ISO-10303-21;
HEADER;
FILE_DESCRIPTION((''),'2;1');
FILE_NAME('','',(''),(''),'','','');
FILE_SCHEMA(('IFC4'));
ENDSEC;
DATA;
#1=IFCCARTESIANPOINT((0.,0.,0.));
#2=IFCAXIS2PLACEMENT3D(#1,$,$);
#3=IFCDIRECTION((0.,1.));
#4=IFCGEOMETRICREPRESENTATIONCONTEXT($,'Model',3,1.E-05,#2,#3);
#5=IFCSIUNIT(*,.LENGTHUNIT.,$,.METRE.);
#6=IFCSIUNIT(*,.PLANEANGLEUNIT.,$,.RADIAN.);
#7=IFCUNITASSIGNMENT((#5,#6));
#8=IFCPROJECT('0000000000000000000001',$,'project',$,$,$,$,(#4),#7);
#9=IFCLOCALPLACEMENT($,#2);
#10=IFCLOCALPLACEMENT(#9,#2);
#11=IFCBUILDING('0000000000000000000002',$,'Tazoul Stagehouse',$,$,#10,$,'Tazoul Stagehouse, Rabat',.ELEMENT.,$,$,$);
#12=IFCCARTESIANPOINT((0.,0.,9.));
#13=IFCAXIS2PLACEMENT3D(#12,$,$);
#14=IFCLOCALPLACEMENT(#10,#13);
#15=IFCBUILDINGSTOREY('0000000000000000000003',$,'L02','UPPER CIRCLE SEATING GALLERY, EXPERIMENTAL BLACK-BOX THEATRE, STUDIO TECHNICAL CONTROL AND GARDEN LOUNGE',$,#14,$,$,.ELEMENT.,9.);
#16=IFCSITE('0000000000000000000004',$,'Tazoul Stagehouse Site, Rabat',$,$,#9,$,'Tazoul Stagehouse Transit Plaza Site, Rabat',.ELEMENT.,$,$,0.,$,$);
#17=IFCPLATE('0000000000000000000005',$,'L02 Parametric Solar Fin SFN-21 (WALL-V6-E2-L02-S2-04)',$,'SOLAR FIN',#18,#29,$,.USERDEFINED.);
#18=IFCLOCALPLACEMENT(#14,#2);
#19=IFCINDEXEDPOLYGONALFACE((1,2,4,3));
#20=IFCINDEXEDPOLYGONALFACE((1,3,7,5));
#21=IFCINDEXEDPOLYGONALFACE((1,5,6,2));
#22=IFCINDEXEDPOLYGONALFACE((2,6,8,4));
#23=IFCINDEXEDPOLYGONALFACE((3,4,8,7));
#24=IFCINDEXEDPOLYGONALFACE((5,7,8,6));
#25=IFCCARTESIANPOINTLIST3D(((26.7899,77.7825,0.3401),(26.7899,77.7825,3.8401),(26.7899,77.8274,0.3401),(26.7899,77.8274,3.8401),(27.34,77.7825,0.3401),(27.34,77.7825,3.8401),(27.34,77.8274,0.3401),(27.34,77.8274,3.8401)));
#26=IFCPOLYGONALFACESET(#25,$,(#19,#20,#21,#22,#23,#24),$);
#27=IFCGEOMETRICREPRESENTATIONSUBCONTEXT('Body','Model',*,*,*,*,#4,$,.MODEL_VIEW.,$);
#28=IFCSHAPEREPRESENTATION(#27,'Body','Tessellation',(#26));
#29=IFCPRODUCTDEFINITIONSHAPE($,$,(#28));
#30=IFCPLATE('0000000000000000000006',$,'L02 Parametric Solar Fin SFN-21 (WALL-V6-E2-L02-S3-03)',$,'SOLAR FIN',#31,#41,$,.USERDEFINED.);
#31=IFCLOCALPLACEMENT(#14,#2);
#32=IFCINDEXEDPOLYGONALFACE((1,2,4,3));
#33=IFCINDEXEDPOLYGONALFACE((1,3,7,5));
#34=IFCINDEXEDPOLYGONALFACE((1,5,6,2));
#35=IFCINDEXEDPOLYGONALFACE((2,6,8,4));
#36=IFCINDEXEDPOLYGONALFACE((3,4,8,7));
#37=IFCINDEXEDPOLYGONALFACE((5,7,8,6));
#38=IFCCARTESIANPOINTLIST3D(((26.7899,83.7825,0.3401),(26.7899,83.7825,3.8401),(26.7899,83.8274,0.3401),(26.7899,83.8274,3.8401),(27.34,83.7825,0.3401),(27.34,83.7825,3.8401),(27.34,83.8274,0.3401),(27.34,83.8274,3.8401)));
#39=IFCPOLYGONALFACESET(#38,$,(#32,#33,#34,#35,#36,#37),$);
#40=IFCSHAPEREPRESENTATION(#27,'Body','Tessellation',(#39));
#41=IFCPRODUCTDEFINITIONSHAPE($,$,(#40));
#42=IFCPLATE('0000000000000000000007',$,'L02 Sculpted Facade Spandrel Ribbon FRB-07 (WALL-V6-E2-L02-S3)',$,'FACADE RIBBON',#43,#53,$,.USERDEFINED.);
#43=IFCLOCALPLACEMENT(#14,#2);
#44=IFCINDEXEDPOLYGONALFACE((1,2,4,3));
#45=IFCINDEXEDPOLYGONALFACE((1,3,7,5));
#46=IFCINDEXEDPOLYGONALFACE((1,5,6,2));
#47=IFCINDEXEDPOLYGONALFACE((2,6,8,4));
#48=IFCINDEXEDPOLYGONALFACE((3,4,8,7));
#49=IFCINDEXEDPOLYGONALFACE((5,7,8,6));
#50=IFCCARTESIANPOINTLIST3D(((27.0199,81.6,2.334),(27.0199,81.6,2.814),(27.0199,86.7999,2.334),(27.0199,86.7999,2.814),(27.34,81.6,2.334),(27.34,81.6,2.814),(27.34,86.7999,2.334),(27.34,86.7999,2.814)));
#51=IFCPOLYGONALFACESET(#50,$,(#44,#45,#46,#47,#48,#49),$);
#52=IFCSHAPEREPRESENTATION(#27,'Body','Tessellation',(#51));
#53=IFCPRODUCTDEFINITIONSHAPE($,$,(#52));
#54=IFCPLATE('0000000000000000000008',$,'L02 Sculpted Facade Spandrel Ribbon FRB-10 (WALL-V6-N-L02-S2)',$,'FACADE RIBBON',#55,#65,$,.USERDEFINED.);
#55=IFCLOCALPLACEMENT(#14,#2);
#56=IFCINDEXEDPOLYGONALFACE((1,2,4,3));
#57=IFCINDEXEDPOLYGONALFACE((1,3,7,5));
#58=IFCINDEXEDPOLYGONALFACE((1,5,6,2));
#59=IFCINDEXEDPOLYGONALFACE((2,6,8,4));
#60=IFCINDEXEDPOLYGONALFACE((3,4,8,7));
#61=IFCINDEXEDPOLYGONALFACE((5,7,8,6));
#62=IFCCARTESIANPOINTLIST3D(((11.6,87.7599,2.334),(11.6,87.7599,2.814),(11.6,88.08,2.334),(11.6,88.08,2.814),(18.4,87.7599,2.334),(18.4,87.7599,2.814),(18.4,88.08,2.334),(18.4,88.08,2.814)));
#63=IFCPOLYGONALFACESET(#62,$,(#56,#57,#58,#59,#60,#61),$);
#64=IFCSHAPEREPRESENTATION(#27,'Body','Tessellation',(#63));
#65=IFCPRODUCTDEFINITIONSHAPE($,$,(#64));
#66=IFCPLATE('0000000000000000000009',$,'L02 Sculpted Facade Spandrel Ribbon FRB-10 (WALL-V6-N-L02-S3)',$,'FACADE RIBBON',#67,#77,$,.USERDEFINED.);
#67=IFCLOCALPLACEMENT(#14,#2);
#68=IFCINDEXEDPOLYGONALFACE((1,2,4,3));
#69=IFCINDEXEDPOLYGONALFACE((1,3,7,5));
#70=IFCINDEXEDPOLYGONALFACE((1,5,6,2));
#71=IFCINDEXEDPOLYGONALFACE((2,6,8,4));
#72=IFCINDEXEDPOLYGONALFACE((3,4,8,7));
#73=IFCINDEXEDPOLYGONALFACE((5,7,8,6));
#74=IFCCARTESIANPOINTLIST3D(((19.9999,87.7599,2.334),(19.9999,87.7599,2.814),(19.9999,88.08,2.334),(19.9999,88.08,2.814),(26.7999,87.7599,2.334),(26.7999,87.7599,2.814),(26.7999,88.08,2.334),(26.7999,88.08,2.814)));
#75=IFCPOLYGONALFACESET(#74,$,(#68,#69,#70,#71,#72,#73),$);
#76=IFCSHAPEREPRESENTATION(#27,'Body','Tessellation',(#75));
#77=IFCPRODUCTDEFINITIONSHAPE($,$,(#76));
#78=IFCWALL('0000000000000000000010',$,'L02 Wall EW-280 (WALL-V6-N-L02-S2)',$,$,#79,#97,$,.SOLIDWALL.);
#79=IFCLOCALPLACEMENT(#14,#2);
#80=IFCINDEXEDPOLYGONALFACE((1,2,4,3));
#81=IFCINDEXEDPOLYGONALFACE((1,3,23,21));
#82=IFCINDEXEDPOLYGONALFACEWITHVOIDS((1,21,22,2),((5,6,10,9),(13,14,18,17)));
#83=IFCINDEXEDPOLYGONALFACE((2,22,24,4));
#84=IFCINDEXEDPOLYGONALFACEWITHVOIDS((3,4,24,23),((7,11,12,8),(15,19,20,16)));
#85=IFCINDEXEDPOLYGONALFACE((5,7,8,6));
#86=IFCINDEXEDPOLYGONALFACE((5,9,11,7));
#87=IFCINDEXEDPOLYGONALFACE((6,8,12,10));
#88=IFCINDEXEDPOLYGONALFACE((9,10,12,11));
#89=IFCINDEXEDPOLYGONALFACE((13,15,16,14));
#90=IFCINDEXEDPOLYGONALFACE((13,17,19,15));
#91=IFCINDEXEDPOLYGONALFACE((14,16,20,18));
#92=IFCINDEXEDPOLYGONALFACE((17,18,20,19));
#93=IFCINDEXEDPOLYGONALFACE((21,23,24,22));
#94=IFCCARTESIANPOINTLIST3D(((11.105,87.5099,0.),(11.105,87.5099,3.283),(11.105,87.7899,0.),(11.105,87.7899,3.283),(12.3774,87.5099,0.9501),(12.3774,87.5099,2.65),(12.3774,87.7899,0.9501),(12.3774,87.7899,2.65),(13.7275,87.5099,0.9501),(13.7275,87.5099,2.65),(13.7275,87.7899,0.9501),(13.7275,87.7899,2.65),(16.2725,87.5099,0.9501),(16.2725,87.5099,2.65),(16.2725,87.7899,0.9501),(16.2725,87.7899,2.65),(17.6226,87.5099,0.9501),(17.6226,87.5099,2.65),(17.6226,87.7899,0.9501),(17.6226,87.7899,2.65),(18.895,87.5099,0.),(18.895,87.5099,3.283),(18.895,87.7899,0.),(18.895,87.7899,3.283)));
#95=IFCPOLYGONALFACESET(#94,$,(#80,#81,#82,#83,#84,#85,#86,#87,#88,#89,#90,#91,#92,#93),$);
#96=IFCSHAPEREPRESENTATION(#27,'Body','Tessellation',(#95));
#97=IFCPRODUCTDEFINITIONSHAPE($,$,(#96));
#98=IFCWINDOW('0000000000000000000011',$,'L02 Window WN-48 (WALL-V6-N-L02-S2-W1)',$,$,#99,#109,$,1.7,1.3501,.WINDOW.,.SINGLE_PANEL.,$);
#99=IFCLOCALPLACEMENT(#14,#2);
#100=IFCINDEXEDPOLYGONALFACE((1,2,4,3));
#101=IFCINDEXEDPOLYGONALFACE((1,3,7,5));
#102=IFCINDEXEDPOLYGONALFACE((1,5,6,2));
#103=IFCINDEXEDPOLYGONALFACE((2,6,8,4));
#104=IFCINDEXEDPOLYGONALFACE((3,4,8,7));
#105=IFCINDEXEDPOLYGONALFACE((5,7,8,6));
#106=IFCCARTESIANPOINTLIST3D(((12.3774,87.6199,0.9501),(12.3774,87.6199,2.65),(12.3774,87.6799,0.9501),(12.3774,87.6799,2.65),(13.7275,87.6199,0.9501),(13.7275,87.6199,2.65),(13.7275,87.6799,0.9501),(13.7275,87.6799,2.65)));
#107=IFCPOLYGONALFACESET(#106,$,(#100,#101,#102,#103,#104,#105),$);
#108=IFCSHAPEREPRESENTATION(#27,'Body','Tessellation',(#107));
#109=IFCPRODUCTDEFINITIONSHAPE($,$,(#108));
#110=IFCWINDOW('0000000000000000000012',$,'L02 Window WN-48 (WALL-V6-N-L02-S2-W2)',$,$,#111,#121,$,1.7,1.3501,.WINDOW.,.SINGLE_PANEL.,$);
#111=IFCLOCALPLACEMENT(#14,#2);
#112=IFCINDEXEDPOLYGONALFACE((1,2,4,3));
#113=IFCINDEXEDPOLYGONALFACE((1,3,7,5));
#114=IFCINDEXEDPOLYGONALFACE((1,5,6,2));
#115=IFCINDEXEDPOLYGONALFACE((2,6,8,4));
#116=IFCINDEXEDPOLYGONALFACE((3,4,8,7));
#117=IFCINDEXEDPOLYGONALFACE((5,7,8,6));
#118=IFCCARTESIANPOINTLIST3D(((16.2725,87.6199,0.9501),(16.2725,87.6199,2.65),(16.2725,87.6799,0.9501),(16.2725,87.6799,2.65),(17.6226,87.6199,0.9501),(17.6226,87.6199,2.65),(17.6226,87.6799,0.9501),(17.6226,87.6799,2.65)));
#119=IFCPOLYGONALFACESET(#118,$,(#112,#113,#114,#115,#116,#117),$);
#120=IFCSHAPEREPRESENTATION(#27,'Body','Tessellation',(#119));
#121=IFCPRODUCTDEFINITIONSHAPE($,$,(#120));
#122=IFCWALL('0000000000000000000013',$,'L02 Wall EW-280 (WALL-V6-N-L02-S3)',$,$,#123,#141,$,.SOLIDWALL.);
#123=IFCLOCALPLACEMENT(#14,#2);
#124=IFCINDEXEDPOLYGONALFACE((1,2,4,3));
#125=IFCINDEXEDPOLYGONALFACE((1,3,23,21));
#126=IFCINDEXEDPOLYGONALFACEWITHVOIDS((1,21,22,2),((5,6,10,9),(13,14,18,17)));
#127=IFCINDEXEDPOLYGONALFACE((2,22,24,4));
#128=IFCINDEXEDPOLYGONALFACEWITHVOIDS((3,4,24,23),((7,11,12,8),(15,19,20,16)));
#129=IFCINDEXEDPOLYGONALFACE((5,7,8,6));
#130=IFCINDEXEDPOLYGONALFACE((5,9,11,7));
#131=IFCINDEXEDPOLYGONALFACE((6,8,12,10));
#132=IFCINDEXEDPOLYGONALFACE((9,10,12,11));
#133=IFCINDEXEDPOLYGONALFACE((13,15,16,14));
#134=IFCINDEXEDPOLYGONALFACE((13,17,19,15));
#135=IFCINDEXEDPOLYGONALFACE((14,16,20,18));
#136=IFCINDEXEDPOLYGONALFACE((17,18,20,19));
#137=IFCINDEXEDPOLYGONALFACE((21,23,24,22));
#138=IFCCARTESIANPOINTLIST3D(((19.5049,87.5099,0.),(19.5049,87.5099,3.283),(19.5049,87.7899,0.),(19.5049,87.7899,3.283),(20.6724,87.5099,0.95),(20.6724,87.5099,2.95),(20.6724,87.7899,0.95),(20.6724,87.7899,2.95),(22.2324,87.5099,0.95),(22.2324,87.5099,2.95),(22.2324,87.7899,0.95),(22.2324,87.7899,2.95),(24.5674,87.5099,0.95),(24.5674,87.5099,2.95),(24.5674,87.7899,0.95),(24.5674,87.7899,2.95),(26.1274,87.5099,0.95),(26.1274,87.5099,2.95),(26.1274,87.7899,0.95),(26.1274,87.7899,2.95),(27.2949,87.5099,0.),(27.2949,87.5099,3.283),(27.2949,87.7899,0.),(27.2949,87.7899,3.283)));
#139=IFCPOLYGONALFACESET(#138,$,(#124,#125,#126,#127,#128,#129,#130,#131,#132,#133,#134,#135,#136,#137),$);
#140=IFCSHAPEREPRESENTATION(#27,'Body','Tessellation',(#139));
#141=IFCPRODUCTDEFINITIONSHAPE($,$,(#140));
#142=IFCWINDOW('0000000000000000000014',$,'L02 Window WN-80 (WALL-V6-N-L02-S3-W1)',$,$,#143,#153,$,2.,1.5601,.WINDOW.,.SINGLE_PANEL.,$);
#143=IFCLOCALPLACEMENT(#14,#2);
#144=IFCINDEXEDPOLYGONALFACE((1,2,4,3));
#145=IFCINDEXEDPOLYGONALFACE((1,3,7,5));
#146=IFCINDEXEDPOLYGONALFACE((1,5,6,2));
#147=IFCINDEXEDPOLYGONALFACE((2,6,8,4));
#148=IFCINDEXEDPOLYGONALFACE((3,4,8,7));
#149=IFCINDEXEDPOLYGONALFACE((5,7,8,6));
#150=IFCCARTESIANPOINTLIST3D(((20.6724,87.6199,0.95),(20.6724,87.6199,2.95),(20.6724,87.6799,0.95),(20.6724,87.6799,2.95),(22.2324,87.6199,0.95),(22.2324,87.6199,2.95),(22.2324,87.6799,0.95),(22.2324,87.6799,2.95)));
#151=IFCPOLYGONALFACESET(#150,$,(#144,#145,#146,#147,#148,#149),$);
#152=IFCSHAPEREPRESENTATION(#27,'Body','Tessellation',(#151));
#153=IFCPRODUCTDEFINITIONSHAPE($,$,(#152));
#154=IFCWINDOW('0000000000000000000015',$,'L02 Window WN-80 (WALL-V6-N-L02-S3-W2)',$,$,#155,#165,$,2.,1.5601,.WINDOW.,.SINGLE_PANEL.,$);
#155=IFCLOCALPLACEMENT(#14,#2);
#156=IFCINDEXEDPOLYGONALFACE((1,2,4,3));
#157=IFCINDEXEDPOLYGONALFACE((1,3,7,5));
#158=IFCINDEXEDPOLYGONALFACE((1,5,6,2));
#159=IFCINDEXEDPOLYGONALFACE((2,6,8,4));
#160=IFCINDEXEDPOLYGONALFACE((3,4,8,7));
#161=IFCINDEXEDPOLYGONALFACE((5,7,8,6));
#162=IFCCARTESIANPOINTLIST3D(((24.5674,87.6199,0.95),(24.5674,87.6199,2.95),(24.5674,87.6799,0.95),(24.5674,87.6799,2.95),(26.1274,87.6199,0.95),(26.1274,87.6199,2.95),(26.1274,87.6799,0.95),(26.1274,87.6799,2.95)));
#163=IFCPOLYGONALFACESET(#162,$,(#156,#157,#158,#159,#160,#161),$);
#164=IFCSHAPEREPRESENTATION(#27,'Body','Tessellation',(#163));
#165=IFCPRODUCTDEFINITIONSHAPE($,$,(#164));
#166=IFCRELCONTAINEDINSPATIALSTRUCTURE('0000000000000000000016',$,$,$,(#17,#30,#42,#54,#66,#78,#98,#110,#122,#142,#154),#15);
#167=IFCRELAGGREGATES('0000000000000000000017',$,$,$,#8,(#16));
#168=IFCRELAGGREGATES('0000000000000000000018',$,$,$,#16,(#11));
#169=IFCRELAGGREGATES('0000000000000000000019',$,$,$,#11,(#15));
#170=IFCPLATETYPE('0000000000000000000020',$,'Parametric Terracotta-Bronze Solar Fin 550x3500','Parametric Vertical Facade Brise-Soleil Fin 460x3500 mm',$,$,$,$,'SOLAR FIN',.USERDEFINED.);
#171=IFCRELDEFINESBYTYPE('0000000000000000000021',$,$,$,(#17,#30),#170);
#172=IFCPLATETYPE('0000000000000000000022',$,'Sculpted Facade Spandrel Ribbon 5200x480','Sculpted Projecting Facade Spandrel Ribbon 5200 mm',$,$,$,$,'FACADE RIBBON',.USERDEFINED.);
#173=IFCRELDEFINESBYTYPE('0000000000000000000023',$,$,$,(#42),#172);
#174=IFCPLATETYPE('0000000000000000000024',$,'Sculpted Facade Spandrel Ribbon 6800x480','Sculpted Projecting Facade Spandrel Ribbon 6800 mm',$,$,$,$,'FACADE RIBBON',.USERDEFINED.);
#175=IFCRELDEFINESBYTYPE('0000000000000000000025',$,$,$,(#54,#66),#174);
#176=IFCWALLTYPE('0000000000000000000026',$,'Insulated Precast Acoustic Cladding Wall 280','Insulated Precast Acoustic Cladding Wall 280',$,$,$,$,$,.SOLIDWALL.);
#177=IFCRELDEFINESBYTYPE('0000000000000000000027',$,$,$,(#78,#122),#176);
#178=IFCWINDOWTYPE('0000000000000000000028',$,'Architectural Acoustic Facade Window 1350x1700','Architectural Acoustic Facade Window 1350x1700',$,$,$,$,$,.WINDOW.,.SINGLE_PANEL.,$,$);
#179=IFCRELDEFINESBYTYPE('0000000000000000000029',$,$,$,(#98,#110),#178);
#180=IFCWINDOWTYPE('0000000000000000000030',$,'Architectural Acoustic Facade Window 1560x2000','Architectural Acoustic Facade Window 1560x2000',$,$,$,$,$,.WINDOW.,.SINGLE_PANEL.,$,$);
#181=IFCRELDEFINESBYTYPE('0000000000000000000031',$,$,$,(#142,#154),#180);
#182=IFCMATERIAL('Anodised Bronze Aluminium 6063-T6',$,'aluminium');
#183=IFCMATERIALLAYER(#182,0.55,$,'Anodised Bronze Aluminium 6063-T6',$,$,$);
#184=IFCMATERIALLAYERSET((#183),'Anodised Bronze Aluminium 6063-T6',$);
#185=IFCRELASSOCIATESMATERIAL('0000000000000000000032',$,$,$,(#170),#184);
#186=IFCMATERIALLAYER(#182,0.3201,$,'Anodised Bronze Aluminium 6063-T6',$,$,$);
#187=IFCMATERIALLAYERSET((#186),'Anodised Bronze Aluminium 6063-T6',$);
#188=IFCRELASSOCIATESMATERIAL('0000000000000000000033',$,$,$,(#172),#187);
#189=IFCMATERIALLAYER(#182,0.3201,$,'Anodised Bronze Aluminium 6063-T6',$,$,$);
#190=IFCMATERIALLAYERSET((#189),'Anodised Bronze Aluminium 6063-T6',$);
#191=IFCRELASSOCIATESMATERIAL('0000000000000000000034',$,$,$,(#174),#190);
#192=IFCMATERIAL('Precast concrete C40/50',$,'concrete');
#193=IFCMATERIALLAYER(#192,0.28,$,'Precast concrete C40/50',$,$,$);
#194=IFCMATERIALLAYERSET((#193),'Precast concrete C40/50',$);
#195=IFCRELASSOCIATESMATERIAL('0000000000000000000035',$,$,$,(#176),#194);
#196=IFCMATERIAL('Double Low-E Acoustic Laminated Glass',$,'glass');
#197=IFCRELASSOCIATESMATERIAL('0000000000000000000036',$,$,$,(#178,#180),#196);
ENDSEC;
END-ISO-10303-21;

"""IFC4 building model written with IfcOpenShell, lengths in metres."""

from ifc_helpers import new_model, si_unit, direction, frame, frame_2d, origin, origin_2d, place, context, subcontext, project, spatial, rectangle, extrude, material, layer, layer_set, type_object, element, fill, save


model = new_model("IFC4")

# Units and contexts
model_context = context("Model", 3, precision=1e-05, world=origin(), true_north=direction((0.0, 1.0)))
body_context = subcontext(model_context, "Body", "Model", "MODEL_VIEW")
ifc_project = project(units=[si_unit("LENGTHUNIT", "METRE"), si_unit("PLANEANGLEUNIT", "RADIAN")], contexts=[model_context])

# Site, building, storey
site_placement = place(None, origin())
site = spatial("IfcSite", under=ifc_project, at=site_placement, Name="Tazoul Stagehouse Site, Rabat", LongName="Tazoul Stagehouse Transit Plaza Site, Rabat", CompositionType="ELEMENT", RefElevation=0.0)
building_placement = place(site_placement, origin())
building = spatial("IfcBuilding", under=site, at=building_placement, Name="Tazoul Stagehouse", LongName="Tazoul Stagehouse, Rabat", CompositionType="ELEMENT")
storey_placement = place(building_placement, frame((0.0, 0.0, 9.0)))
storey = spatial("IfcBuildingStorey", under=building, at=storey_placement, Name="L02", Description="UPPER CIRCLE SEATING GALLERY, EXPERIMENTAL BLACK-BOX THEATRE, STUDIO TECHNICAL CONTROL AND GARDEN LOUNGE", CompositionType="ELEMENT", Elevation=9.0)

# Plates
ifc_material_1 = material(Name="Anodised Bronze Aluminium 6063-T6", Category="aluminium")
ifc_layer_1 = layer(ifc_material_1, 0.55, Name="Anodised Bronze Aluminium 6063-T6")
ifc_layer_set_1 = layer_set([ifc_layer_1], Name="Anodised Bronze Aluminium 6063-T6")
plate_type_1 = type_object("IfcPlateType", Name="Parametric Terracotta-Bronze Solar Fin 550x3500", Description="Parametric Vertical Facade Brise-Soleil Fin 460x3500 mm", ElementType="SOLAR FIN", PredefinedType="USERDEFINED", material=ifc_layer_set_1)
for number, where, z_axis, x_axis, name in (
    (1, (27.0649, 77.8049, 0.3401), (0.0, 0.0, 1.0), (0.0, 1.0, 0.0), "L02 Parametric Solar Fin SFN-21 (WALL-V6-E2-L02-S2-04)"),
    (2, (27.0649, 83.8049, 0.3401), (0.0, 0.0, 1.0), (0.0, 1.0, 0.0), "L02 Parametric Solar Fin SFN-21 (WALL-V6-E2-L02-S3-03)"),
):
    element("IfcPlate", number, at=place(storey_placement, frame(where, z_axis=z_axis, x_axis=x_axis)), inside=storey, type_object=plate_type_1, Name=name, ObjectType="SOLAR FIN", PredefinedType="USERDEFINED", context=body_context, shape_type="SweptSolid", body=[
        extrude(rectangle(XDim=0.0449, YDim=0.55, at=origin_2d()), origin(), (0.0, 0.0, 1.0), 3.5),
    ])
ifc_layer_2 = layer(ifc_material_1, 0.3201, Name="Anodised Bronze Aluminium 6063-T6")
ifc_layer_set_2 = layer_set([ifc_layer_2], Name="Anodised Bronze Aluminium 6063-T6")
plate_type_2 = type_object("IfcPlateType", Name="Sculpted Facade Spandrel Ribbon 5200x480", Description="Sculpted Projecting Facade Spandrel Ribbon 5200 mm", ElementType="FACADE RIBBON", PredefinedType="USERDEFINED", material=ifc_layer_set_2)
plate_placement = place(storey_placement, frame((27.1799, 84.2, 2.334), z_axis=(0.0, 0.0, 1.0), x_axis=(0.0, 1.0, 0.0)))
element("IfcPlate", 3, at=plate_placement, inside=storey, type_object=plate_type_2, Name="L02 Sculpted Facade Spandrel Ribbon FRB-07 (WALL-V6-E2-L02-S3)", ObjectType="FACADE RIBBON", PredefinedType="USERDEFINED", context=body_context, shape_type="SweptSolid", body=[
    extrude(rectangle(XDim=5.2, YDim=0.3201, at=origin_2d()), origin(), (0.0, 0.0, 1.0), 0.48),
])
ifc_layer_3 = layer(ifc_material_1, 0.3201, Name="Anodised Bronze Aluminium 6063-T6")
ifc_layer_set_3 = layer_set([ifc_layer_3], Name="Anodised Bronze Aluminium 6063-T6")
plate_type_3 = type_object("IfcPlateType", Name="Sculpted Facade Spandrel Ribbon 6800x480", Description="Sculpted Projecting Facade Spandrel Ribbon 6800 mm", ElementType="FACADE RIBBON", PredefinedType="USERDEFINED", material=ifc_layer_set_3)
for number, where, z_axis, x_axis, name in (
    (4, (15.0, 87.9199, 2.334), (0.0, 0.0, 1.0), (1.0, 0.0, 0.0), "L02 Sculpted Facade Spandrel Ribbon FRB-10 (WALL-V6-N-L02-S2)"),
    (5, (23.3999, 87.9199, 2.334), (0.0, 0.0, 1.0), (1.0, 0.0, 0.0), "L02 Sculpted Facade Spandrel Ribbon FRB-10 (WALL-V6-N-L02-S3)"),
):
    element("IfcPlate", number, at=place(storey_placement, frame(where, z_axis=z_axis, x_axis=x_axis)), inside=storey, type_object=plate_type_3, Name=name, ObjectType="FACADE RIBBON", PredefinedType="USERDEFINED", context=body_context, shape_type="SweptSolid", body=[
        extrude(rectangle(XDim=6.8, YDim=0.3201, at=origin_2d()), origin(), (0.0, 0.0, 1.0), 0.48),
    ])

# Walls, openings, windows
ifc_material_2 = material(Name="Precast concrete C40/50", Category="concrete")
ifc_layer_4 = layer(ifc_material_2, 0.28, Name="Precast concrete C40/50")
ifc_layer_set_4 = layer_set([ifc_layer_4], Name="Precast concrete C40/50")
wall_type_1 = type_object("IfcWallType", Name="Insulated Precast Acoustic Cladding Wall 280", Description="Insulated Precast Acoustic Cladding Wall 280", PredefinedType="SOLIDWALL", material=ifc_layer_set_4)
wall_1_placement = place(storey_placement, frame((11.105, 87.6499, 0.0), z_axis=(0.0, 0.0, 1.0), x_axis=(1.0, 0.0, 0.0)))
wall_1 = element("IfcWall", 6, at=wall_1_placement, inside=storey, type_object=wall_type_1, Name="L02 Wall EW-280 (WALL-V6-N-L02-S2)", PredefinedType="SOLIDWALL", context=body_context, shape_type="SweptSolid", body=[
    extrude(rectangle(XDim=7.79, YDim=0.28, at=frame_2d((3.895, 0.0))), origin(), (0.0, 0.0, 1.0), 3.283),
])
opening_1_placement = place(wall_1_placement, frame((1.2725, 0.0, 0.95)))
opening_1 = element("IfcOpeningElement", 7, at=opening_1_placement, cuts=wall_1, PredefinedType="OPENING", context=body_context, shape_type="SweptSolid", body=[
    extrude(rectangle(XDim=1.3501, YDim=1.7, at=frame_2d((0.675, 0.8501))), frame((0.0, 0.1599, 0.0), z_axis=(0.0, -1.0, 0.0), x_axis=(1.0, 0.0, 0.0)), (0.0, 0.0, 1.0), 0.3201),
])
opening_2_placement = place(wall_1_placement, frame((5.1675, 0.0, 0.95)))
opening_2 = element("IfcOpeningElement", 8, at=opening_2_placement, cuts=wall_1, PredefinedType="OPENING", context=body_context, shape_type="SweptSolid", body=[
    extrude(rectangle(XDim=1.3501, YDim=1.7, at=frame_2d((0.675, 0.8501))), frame((0.0, 0.1599, 0.0), z_axis=(0.0, -1.0, 0.0), x_axis=(1.0, 0.0, 0.0)), (0.0, 0.0, 1.0), 0.3201),
])
ifc_material_3 = material(Name="Double Low-E Acoustic Laminated Glass", Category="glass")
window_type_1 = type_object("IfcWindowType", Name="Architectural Acoustic Facade Window 1350x1700", Description="Architectural Acoustic Facade Window 1350x1700", PartitioningType="SINGLE_PANEL", PredefinedType="WINDOW", material=ifc_material_3)
window_1_placement = place(opening_1_placement, origin())
window_1 = element("IfcWindow", 9, at=window_1_placement, inside=storey, type_object=window_type_1, Name="L02 Window WN-48 (WALL-V6-N-L02-S2-W1)", OverallHeight=1.7, OverallWidth=1.3501, PartitioningType="SINGLE_PANEL", PredefinedType="WINDOW", context=body_context, shape_type="SweptSolid", body=[
    extrude(rectangle(XDim=1.3501, YDim=1.7, at=frame_2d((0.675, 0.8501))), frame((0.0, 0.03, 0.0), z_axis=(0.0, -1.0, 0.0), x_axis=(1.0, 0.0, 0.0)), (0.0, 0.0, 1.0), 0.0601),
])
fill(opening_1, window_1)
window_2_placement = place(opening_2_placement, origin())
window_2 = element("IfcWindow", 10, at=window_2_placement, inside=storey, type_object=window_type_1, Name="L02 Window WN-48 (WALL-V6-N-L02-S2-W2)", OverallHeight=1.7, OverallWidth=1.3501, PartitioningType="SINGLE_PANEL", PredefinedType="WINDOW", context=body_context, shape_type="SweptSolid", body=[
    extrude(rectangle(XDim=1.3501, YDim=1.7, at=frame_2d((0.675, 0.8501))), frame((0.0, 0.03, 0.0), z_axis=(0.0, -1.0, 0.0), x_axis=(1.0, 0.0, 0.0)), (0.0, 0.0, 1.0), 0.0601),
])
fill(opening_2, window_2)
wall_2_placement = place(storey_placement, frame((19.5049, 87.6499, 0.0), z_axis=(0.0, 0.0, 1.0), x_axis=(1.0, 0.0, 0.0)))
wall_2 = element("IfcWall", 11, at=wall_2_placement, inside=storey, type_object=wall_type_1, Name="L02 Wall EW-280 (WALL-V6-N-L02-S3)", PredefinedType="SOLIDWALL", context=body_context, shape_type="SweptSolid", body=[
    extrude(rectangle(XDim=7.79, YDim=0.28, at=frame_2d((3.895, 0.0))), origin(), (0.0, 0.0, 1.0), 3.283),
])
opening_3_placement = place(wall_2_placement, frame((1.1675, 0.0, 0.95)))
opening_3 = element("IfcOpeningElement", 12, at=opening_3_placement, cuts=wall_2, PredefinedType="OPENING", context=body_context, shape_type="SweptSolid", body=[
    extrude(rectangle(XDim=1.5601, YDim=2.0, at=frame_2d((0.78, 1.0))), frame((0.0, 0.1599, 0.0), z_axis=(0.0, -1.0, 0.0), x_axis=(1.0, 0.0, 0.0)), (0.0, 0.0, 1.0), 0.3201),
])
opening_4_placement = place(wall_2_placement, frame((5.0625, 0.0, 0.95)))
opening_4 = element("IfcOpeningElement", 13, at=opening_4_placement, cuts=wall_2, PredefinedType="OPENING", context=body_context, shape_type="SweptSolid", body=[
    extrude(rectangle(XDim=1.5601, YDim=2.0, at=frame_2d((0.78, 1.0))), frame((0.0, 0.1599, 0.0), z_axis=(0.0, -1.0, 0.0), x_axis=(1.0, 0.0, 0.0)), (0.0, 0.0, 1.0), 0.3201),
])
window_type_2 = type_object("IfcWindowType", Name="Architectural Acoustic Facade Window 1560x2000", Description="Architectural Acoustic Facade Window 1560x2000", PartitioningType="SINGLE_PANEL", PredefinedType="WINDOW", material=ifc_material_3)
window_3_placement = place(opening_3_placement, origin())
window_3 = element("IfcWindow", 14, at=window_3_placement, inside=storey, type_object=window_type_2, Name="L02 Window WN-80 (WALL-V6-N-L02-S3-W1)", OverallHeight=2.0, OverallWidth=1.5601, PartitioningType="SINGLE_PANEL", PredefinedType="WINDOW", context=body_context, shape_type="SweptSolid", body=[
    extrude(rectangle(XDim=1.5601, YDim=2.0, at=frame_2d((0.78, 1.0))), frame((0.0, 0.03, 0.0), z_axis=(0.0, -1.0, 0.0), x_axis=(1.0, 0.0, 0.0)), (0.0, 0.0, 1.0), 0.0601),
])
fill(opening_3, window_3)
window_4_placement = place(opening_4_placement, origin())
window_4 = element("IfcWindow", 15, at=window_4_placement, inside=storey, type_object=window_type_2, Name="L02 Window WN-80 (WALL-V6-N-L02-S3-W2)", OverallHeight=2.0, OverallWidth=1.5601, PartitioningType="SINGLE_PANEL", PredefinedType="WINDOW", context=body_context, shape_type="SweptSolid", body=[
    extrude(rectangle(XDim=1.5601, YDim=2.0, at=frame_2d((0.78, 1.0))), frame((0.0, 0.03, 0.0), z_axis=(0.0, -1.0, 0.0), x_axis=(1.0, 0.0, 0.0)), (0.0, 0.0, 1.0), 0.0601),
])
fill(opening_4, window_4)

save(model, "model.ifc")
